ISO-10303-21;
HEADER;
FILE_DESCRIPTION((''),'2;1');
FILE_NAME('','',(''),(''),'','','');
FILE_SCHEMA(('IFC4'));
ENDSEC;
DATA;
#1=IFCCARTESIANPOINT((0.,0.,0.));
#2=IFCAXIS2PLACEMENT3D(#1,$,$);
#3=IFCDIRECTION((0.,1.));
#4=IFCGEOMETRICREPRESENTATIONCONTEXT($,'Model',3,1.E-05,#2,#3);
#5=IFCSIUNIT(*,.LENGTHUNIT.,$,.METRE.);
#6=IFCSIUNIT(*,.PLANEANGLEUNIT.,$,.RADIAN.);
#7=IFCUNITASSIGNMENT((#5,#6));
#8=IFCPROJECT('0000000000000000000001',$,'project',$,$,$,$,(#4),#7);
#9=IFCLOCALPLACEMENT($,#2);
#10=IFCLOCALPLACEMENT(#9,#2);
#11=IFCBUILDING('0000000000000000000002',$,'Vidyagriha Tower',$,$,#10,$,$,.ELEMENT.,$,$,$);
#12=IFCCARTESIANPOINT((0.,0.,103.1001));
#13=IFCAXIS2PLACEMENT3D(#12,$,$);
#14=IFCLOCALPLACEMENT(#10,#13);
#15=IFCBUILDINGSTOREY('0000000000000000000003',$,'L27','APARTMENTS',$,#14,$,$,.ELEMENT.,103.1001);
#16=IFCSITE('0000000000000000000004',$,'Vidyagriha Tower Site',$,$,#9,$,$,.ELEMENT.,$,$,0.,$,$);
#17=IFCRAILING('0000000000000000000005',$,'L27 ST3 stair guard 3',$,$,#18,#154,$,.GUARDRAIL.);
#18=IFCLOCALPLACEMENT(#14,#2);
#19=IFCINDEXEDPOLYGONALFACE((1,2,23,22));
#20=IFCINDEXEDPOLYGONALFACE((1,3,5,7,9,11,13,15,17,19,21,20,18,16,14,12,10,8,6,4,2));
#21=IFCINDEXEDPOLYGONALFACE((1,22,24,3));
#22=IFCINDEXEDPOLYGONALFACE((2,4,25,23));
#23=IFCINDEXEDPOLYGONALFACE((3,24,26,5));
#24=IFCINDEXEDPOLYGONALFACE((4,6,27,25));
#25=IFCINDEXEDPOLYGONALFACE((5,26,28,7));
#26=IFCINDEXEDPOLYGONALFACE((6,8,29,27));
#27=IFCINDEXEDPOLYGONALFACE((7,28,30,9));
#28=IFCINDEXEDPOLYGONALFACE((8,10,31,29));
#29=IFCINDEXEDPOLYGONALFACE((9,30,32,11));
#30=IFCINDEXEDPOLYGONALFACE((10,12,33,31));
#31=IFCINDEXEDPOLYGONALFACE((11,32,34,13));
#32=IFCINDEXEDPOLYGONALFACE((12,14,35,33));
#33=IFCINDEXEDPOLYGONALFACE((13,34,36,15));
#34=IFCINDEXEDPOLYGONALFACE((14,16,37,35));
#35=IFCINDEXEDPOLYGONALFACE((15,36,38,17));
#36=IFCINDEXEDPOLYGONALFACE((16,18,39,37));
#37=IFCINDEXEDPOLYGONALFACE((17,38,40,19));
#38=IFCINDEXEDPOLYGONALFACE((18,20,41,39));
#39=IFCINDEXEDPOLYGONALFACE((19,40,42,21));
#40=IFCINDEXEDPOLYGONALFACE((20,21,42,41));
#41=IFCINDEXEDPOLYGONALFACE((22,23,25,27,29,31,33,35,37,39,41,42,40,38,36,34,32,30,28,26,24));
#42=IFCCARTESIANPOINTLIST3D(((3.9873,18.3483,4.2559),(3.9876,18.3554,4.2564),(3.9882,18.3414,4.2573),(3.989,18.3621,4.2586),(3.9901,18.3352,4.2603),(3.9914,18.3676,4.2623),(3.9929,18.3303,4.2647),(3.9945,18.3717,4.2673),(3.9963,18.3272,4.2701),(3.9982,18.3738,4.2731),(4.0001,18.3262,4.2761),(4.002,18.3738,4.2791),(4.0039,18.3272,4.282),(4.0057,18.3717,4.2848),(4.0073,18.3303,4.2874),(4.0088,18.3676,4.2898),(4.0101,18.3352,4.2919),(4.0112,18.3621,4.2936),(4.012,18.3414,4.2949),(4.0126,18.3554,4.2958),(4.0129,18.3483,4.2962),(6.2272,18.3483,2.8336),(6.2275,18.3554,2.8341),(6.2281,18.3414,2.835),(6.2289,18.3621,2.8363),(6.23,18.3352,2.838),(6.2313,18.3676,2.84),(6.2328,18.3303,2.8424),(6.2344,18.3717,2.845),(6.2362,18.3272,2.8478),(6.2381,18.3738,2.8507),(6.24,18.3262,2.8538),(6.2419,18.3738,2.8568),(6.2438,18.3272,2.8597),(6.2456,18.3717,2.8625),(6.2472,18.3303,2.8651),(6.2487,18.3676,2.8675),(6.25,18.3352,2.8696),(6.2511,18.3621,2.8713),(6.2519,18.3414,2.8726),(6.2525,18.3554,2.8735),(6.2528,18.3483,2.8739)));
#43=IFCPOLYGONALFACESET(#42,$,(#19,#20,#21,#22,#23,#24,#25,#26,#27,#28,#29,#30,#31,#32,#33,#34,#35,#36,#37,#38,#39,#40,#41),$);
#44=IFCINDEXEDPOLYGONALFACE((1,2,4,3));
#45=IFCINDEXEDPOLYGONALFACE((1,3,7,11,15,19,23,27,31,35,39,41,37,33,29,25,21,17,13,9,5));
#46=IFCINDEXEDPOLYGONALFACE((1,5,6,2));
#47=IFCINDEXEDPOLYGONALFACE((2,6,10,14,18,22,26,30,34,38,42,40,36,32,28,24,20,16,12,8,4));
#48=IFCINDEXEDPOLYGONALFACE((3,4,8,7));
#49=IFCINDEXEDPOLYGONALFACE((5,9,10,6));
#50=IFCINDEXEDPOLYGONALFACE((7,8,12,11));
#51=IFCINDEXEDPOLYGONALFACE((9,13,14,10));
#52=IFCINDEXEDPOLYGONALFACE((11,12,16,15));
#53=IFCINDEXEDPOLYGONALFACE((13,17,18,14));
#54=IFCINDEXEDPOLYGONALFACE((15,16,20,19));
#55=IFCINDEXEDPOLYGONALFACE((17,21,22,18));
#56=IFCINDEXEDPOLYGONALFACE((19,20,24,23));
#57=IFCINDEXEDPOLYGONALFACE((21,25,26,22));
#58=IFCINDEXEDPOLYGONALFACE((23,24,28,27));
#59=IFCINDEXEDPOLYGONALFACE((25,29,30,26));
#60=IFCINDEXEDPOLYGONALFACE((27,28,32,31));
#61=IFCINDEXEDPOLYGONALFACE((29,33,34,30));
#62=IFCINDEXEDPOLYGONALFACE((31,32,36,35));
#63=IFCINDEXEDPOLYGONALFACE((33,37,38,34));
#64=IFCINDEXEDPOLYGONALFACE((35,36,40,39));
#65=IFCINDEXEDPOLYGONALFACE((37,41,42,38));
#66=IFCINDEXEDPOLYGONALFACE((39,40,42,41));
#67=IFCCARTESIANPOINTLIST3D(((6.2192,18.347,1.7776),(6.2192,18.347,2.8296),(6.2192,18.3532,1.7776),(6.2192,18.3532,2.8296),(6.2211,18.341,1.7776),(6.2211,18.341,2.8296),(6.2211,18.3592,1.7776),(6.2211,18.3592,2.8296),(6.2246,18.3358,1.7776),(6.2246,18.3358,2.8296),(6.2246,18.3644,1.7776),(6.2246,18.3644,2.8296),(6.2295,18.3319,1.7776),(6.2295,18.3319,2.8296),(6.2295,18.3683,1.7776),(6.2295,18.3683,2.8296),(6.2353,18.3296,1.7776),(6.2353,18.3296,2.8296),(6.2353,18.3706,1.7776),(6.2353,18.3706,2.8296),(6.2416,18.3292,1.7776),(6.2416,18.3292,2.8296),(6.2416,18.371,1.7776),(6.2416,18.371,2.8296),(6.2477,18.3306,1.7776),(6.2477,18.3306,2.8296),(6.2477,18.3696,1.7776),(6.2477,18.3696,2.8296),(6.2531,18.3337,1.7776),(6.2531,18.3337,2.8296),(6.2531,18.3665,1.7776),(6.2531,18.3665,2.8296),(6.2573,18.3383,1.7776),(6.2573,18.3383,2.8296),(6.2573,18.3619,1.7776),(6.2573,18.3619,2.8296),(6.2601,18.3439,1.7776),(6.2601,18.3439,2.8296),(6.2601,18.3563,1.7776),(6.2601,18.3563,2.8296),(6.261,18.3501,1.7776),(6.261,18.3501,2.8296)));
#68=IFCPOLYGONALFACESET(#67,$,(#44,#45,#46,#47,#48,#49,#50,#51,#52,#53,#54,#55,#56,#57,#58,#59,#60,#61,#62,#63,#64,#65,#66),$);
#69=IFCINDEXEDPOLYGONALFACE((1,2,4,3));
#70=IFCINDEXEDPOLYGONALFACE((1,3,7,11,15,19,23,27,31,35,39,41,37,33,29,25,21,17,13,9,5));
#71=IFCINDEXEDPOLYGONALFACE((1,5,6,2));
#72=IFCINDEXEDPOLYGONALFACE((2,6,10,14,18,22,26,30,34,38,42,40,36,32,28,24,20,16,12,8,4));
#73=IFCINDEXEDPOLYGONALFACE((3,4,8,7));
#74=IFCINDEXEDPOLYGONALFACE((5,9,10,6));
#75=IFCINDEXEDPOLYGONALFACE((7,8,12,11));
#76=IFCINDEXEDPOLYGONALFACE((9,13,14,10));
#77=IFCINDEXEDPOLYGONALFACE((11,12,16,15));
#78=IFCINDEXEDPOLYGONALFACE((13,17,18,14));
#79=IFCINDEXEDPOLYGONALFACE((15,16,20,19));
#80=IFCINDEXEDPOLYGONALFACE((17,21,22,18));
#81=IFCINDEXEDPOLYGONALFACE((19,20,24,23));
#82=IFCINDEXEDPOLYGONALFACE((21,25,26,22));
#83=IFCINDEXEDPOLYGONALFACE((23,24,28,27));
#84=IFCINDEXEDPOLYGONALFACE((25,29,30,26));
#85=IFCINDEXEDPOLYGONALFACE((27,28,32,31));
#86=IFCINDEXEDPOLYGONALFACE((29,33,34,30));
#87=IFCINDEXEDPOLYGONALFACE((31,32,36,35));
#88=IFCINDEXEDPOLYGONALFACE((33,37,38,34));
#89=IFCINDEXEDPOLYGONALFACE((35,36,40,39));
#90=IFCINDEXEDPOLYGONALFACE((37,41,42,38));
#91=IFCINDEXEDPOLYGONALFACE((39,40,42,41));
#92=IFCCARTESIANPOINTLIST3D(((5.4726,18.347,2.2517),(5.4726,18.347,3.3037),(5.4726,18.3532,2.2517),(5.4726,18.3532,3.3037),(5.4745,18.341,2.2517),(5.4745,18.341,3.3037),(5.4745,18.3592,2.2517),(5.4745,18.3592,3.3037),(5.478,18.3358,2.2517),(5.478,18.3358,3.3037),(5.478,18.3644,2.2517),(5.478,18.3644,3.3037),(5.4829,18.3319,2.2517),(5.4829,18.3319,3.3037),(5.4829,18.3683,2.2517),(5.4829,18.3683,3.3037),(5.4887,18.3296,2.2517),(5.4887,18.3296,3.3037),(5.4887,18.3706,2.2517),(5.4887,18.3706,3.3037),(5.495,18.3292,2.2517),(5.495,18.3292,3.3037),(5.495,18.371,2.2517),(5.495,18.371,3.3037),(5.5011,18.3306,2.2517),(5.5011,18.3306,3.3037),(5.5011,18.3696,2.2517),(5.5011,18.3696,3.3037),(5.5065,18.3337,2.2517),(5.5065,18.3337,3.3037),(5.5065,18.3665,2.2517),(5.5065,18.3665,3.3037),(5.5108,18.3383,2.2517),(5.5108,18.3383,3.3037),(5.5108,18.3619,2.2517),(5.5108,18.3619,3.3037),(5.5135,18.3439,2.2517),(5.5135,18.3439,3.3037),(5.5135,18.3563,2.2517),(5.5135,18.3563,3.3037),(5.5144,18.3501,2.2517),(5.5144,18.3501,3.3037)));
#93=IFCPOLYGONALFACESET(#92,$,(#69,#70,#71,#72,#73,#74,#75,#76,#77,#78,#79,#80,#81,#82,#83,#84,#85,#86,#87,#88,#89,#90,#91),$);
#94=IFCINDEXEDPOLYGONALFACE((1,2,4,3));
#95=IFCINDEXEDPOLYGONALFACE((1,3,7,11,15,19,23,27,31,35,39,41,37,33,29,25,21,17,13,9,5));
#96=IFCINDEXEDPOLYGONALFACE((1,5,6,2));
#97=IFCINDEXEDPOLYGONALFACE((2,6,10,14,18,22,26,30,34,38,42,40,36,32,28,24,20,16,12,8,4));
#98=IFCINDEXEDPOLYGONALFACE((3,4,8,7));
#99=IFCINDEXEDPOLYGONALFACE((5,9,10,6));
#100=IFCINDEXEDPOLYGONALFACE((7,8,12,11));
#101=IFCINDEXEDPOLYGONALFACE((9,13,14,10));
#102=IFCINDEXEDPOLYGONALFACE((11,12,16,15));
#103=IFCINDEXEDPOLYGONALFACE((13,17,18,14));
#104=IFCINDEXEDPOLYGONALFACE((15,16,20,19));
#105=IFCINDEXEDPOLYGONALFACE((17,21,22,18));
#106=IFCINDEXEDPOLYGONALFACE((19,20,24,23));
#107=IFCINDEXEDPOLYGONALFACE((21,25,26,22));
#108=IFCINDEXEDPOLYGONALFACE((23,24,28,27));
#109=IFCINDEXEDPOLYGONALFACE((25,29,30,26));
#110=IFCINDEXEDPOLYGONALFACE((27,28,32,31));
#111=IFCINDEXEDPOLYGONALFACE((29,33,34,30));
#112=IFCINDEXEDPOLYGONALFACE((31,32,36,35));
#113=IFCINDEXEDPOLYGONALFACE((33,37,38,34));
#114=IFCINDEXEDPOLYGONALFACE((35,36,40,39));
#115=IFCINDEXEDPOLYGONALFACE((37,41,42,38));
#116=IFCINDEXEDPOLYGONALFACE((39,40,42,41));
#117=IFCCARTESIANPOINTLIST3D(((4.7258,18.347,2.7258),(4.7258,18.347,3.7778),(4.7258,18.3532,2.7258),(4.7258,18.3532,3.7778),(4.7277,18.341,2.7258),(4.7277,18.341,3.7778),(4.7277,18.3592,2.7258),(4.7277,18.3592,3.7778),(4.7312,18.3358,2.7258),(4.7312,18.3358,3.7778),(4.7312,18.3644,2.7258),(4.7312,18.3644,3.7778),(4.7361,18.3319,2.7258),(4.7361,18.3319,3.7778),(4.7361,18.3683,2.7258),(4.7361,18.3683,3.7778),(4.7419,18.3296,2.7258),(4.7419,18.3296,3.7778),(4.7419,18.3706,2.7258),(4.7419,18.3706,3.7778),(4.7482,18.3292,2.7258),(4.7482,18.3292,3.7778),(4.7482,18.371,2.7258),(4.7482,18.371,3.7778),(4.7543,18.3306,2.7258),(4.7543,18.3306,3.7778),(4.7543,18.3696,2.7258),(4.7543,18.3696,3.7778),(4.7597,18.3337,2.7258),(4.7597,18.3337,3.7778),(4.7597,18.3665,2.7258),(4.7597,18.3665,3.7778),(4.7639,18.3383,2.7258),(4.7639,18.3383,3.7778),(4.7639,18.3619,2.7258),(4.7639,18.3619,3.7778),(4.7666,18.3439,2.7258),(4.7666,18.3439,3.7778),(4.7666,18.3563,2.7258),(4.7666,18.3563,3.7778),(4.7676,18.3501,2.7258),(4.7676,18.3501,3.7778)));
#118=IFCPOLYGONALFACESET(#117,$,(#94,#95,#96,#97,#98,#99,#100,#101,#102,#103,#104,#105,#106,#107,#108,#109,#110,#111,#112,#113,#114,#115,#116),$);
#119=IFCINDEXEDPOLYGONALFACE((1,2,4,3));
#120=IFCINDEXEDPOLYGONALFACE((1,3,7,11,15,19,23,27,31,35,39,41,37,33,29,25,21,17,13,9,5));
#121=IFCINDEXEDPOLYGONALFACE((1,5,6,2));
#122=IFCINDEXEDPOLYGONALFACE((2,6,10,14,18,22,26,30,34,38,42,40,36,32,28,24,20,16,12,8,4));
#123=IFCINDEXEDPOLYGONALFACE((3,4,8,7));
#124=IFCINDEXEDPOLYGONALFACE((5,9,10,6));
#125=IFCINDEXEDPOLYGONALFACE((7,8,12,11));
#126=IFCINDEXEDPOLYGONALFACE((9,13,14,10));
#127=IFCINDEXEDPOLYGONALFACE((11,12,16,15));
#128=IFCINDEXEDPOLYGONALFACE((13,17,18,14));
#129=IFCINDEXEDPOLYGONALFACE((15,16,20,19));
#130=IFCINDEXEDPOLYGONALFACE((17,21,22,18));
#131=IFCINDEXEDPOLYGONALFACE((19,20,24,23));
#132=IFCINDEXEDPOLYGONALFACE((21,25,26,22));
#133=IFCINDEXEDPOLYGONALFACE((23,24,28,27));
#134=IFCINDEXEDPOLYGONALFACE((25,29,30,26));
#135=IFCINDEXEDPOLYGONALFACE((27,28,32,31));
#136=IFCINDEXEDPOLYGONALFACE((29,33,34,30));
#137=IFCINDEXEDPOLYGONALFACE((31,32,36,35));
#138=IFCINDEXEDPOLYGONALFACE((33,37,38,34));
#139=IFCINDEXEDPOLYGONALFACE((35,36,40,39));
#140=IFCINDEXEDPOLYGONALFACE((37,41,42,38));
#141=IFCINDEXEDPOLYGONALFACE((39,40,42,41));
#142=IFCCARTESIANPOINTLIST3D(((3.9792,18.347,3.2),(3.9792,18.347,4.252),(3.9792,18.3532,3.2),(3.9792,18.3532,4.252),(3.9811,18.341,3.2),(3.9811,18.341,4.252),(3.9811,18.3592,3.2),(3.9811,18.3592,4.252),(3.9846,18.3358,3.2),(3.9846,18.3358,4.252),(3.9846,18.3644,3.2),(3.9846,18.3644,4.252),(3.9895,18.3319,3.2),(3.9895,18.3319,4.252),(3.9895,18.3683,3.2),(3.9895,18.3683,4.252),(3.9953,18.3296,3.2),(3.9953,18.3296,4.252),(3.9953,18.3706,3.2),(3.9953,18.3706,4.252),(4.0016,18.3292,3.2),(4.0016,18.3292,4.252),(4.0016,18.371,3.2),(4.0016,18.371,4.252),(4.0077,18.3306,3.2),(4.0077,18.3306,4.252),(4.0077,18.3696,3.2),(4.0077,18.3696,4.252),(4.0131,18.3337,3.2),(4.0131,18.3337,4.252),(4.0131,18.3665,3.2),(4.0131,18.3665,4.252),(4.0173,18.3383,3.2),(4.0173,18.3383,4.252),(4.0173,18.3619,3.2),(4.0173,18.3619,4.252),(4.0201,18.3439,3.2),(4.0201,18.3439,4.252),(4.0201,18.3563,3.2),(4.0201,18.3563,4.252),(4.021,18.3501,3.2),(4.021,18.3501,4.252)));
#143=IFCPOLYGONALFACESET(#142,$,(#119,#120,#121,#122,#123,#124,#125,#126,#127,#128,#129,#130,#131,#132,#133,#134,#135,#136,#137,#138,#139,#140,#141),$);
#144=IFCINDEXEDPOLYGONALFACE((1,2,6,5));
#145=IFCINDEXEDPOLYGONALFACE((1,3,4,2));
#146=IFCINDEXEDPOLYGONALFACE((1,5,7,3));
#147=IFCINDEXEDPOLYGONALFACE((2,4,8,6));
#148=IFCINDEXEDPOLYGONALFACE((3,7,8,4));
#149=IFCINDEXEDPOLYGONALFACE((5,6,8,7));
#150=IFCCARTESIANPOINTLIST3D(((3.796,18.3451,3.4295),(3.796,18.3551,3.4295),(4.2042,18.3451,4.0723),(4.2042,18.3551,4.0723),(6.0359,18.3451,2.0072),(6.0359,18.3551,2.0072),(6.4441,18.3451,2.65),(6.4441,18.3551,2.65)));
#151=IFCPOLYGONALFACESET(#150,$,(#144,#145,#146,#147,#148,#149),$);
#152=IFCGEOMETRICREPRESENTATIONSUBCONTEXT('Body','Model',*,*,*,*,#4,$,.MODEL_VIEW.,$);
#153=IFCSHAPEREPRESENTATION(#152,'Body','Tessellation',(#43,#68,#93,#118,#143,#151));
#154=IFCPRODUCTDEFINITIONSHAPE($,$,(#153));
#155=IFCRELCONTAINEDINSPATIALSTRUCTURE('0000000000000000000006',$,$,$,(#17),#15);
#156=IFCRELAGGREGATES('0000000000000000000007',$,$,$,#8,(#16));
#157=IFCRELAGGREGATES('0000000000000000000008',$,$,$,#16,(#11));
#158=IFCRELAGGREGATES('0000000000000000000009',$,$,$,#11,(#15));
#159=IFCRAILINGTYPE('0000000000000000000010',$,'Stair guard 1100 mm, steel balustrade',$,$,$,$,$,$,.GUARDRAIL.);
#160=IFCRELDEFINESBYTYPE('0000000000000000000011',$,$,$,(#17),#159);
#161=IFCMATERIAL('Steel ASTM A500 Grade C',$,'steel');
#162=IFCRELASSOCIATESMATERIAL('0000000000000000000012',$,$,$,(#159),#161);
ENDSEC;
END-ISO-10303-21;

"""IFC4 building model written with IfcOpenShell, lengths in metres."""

from ifc_helpers import new_model, si_unit, direction, frame, origin, origin_2d, place, context, subcontext, project, spatial, rectangle, circle, extrude, material, type_object, element, save


model = new_model("IFC4")

# Units and contexts
model_context = context("Model", 3, precision=1e-05, world=origin(), true_north=direction((0.0, 1.0)))
body_context = subcontext(model_context, "Body", "Model", "MODEL_VIEW")
ifc_project = project(units=[si_unit("LENGTHUNIT", "METRE"), si_unit("PLANEANGLEUNIT", "RADIAN")], contexts=[model_context])

# Site, building, storey
site_placement = place(None, origin())
site = spatial("IfcSite", under=ifc_project, at=site_placement, Name="Vidyagriha Tower Site", CompositionType="ELEMENT", RefElevation=0.0)
building_placement = place(site_placement, origin())
building = spatial("IfcBuilding", under=site, at=building_placement, Name="Vidyagriha Tower", CompositionType="ELEMENT")
storey_placement = place(building_placement, frame((0.0, 0.0, 103.1001)))
storey = spatial("IfcBuildingStorey", under=building, at=storey_placement, Name="L27", Description="APARTMENTS", CompositionType="ELEMENT", Elevation=103.1001)

# Railing
ifc_material_1 = material(Name="Steel ASTM A500 Grade C", Category="steel")
railing_type_1 = type_object("IfcRailingType", Name="Stair guard 1100 mm, steel balustrade", PredefinedType="GUARDRAIL", material=ifc_material_1)
railing_1_placement = place(storey_placement, frame((6.24, 18.3501, 1.7776)))
element("IfcRailing", 1, at=railing_1_placement, inside=storey, type_object=railing_type_1, Name="L27 ST3 stair guard 3", PredefinedType="GUARDRAIL", context=body_context, shape_type="SweptSolid", body=[
    extrude(circle(Radius=0.0239, at=origin_2d()), frame((0.0, 0.0, 1.0762), z_axis=(-0.844188, 0.0, 0.536048), x_axis=(0.0, -1.0, 0.0)), (0.0, 0.0, 1.0), 2.6533),
    extrude(circle(Radius=0.021, at=origin_2d()), origin(), (0.0, 0.0, 1.0), 1.052),
    extrude(circle(Radius=0.021, at=origin_2d()), frame((-0.7466, 0.0, 0.4741)), (0.0, 0.0, 1.0), 1.052),
    extrude(circle(Radius=0.021, at=origin_2d()), frame((-1.4934, 0.0, 0.9482)), (0.0, 0.0, 1.0), 1.052),
    extrude(circle(Radius=0.021, at=origin_2d()), frame((-2.24, 0.0, 1.4224)), (0.0, 0.0, 1.0), 1.052),
    extrude(rectangle(XDim=0.01, YDim=0.7615, at=origin_2d()), frame((0.0, 0.0, 0.551), z_axis=(-0.844188, 0.0, 0.536048), x_axis=(0.0, -1.0, 0.0)), (0.0, 0.0, 1.0), 2.6533),
])

save(model, "model.ifc")
